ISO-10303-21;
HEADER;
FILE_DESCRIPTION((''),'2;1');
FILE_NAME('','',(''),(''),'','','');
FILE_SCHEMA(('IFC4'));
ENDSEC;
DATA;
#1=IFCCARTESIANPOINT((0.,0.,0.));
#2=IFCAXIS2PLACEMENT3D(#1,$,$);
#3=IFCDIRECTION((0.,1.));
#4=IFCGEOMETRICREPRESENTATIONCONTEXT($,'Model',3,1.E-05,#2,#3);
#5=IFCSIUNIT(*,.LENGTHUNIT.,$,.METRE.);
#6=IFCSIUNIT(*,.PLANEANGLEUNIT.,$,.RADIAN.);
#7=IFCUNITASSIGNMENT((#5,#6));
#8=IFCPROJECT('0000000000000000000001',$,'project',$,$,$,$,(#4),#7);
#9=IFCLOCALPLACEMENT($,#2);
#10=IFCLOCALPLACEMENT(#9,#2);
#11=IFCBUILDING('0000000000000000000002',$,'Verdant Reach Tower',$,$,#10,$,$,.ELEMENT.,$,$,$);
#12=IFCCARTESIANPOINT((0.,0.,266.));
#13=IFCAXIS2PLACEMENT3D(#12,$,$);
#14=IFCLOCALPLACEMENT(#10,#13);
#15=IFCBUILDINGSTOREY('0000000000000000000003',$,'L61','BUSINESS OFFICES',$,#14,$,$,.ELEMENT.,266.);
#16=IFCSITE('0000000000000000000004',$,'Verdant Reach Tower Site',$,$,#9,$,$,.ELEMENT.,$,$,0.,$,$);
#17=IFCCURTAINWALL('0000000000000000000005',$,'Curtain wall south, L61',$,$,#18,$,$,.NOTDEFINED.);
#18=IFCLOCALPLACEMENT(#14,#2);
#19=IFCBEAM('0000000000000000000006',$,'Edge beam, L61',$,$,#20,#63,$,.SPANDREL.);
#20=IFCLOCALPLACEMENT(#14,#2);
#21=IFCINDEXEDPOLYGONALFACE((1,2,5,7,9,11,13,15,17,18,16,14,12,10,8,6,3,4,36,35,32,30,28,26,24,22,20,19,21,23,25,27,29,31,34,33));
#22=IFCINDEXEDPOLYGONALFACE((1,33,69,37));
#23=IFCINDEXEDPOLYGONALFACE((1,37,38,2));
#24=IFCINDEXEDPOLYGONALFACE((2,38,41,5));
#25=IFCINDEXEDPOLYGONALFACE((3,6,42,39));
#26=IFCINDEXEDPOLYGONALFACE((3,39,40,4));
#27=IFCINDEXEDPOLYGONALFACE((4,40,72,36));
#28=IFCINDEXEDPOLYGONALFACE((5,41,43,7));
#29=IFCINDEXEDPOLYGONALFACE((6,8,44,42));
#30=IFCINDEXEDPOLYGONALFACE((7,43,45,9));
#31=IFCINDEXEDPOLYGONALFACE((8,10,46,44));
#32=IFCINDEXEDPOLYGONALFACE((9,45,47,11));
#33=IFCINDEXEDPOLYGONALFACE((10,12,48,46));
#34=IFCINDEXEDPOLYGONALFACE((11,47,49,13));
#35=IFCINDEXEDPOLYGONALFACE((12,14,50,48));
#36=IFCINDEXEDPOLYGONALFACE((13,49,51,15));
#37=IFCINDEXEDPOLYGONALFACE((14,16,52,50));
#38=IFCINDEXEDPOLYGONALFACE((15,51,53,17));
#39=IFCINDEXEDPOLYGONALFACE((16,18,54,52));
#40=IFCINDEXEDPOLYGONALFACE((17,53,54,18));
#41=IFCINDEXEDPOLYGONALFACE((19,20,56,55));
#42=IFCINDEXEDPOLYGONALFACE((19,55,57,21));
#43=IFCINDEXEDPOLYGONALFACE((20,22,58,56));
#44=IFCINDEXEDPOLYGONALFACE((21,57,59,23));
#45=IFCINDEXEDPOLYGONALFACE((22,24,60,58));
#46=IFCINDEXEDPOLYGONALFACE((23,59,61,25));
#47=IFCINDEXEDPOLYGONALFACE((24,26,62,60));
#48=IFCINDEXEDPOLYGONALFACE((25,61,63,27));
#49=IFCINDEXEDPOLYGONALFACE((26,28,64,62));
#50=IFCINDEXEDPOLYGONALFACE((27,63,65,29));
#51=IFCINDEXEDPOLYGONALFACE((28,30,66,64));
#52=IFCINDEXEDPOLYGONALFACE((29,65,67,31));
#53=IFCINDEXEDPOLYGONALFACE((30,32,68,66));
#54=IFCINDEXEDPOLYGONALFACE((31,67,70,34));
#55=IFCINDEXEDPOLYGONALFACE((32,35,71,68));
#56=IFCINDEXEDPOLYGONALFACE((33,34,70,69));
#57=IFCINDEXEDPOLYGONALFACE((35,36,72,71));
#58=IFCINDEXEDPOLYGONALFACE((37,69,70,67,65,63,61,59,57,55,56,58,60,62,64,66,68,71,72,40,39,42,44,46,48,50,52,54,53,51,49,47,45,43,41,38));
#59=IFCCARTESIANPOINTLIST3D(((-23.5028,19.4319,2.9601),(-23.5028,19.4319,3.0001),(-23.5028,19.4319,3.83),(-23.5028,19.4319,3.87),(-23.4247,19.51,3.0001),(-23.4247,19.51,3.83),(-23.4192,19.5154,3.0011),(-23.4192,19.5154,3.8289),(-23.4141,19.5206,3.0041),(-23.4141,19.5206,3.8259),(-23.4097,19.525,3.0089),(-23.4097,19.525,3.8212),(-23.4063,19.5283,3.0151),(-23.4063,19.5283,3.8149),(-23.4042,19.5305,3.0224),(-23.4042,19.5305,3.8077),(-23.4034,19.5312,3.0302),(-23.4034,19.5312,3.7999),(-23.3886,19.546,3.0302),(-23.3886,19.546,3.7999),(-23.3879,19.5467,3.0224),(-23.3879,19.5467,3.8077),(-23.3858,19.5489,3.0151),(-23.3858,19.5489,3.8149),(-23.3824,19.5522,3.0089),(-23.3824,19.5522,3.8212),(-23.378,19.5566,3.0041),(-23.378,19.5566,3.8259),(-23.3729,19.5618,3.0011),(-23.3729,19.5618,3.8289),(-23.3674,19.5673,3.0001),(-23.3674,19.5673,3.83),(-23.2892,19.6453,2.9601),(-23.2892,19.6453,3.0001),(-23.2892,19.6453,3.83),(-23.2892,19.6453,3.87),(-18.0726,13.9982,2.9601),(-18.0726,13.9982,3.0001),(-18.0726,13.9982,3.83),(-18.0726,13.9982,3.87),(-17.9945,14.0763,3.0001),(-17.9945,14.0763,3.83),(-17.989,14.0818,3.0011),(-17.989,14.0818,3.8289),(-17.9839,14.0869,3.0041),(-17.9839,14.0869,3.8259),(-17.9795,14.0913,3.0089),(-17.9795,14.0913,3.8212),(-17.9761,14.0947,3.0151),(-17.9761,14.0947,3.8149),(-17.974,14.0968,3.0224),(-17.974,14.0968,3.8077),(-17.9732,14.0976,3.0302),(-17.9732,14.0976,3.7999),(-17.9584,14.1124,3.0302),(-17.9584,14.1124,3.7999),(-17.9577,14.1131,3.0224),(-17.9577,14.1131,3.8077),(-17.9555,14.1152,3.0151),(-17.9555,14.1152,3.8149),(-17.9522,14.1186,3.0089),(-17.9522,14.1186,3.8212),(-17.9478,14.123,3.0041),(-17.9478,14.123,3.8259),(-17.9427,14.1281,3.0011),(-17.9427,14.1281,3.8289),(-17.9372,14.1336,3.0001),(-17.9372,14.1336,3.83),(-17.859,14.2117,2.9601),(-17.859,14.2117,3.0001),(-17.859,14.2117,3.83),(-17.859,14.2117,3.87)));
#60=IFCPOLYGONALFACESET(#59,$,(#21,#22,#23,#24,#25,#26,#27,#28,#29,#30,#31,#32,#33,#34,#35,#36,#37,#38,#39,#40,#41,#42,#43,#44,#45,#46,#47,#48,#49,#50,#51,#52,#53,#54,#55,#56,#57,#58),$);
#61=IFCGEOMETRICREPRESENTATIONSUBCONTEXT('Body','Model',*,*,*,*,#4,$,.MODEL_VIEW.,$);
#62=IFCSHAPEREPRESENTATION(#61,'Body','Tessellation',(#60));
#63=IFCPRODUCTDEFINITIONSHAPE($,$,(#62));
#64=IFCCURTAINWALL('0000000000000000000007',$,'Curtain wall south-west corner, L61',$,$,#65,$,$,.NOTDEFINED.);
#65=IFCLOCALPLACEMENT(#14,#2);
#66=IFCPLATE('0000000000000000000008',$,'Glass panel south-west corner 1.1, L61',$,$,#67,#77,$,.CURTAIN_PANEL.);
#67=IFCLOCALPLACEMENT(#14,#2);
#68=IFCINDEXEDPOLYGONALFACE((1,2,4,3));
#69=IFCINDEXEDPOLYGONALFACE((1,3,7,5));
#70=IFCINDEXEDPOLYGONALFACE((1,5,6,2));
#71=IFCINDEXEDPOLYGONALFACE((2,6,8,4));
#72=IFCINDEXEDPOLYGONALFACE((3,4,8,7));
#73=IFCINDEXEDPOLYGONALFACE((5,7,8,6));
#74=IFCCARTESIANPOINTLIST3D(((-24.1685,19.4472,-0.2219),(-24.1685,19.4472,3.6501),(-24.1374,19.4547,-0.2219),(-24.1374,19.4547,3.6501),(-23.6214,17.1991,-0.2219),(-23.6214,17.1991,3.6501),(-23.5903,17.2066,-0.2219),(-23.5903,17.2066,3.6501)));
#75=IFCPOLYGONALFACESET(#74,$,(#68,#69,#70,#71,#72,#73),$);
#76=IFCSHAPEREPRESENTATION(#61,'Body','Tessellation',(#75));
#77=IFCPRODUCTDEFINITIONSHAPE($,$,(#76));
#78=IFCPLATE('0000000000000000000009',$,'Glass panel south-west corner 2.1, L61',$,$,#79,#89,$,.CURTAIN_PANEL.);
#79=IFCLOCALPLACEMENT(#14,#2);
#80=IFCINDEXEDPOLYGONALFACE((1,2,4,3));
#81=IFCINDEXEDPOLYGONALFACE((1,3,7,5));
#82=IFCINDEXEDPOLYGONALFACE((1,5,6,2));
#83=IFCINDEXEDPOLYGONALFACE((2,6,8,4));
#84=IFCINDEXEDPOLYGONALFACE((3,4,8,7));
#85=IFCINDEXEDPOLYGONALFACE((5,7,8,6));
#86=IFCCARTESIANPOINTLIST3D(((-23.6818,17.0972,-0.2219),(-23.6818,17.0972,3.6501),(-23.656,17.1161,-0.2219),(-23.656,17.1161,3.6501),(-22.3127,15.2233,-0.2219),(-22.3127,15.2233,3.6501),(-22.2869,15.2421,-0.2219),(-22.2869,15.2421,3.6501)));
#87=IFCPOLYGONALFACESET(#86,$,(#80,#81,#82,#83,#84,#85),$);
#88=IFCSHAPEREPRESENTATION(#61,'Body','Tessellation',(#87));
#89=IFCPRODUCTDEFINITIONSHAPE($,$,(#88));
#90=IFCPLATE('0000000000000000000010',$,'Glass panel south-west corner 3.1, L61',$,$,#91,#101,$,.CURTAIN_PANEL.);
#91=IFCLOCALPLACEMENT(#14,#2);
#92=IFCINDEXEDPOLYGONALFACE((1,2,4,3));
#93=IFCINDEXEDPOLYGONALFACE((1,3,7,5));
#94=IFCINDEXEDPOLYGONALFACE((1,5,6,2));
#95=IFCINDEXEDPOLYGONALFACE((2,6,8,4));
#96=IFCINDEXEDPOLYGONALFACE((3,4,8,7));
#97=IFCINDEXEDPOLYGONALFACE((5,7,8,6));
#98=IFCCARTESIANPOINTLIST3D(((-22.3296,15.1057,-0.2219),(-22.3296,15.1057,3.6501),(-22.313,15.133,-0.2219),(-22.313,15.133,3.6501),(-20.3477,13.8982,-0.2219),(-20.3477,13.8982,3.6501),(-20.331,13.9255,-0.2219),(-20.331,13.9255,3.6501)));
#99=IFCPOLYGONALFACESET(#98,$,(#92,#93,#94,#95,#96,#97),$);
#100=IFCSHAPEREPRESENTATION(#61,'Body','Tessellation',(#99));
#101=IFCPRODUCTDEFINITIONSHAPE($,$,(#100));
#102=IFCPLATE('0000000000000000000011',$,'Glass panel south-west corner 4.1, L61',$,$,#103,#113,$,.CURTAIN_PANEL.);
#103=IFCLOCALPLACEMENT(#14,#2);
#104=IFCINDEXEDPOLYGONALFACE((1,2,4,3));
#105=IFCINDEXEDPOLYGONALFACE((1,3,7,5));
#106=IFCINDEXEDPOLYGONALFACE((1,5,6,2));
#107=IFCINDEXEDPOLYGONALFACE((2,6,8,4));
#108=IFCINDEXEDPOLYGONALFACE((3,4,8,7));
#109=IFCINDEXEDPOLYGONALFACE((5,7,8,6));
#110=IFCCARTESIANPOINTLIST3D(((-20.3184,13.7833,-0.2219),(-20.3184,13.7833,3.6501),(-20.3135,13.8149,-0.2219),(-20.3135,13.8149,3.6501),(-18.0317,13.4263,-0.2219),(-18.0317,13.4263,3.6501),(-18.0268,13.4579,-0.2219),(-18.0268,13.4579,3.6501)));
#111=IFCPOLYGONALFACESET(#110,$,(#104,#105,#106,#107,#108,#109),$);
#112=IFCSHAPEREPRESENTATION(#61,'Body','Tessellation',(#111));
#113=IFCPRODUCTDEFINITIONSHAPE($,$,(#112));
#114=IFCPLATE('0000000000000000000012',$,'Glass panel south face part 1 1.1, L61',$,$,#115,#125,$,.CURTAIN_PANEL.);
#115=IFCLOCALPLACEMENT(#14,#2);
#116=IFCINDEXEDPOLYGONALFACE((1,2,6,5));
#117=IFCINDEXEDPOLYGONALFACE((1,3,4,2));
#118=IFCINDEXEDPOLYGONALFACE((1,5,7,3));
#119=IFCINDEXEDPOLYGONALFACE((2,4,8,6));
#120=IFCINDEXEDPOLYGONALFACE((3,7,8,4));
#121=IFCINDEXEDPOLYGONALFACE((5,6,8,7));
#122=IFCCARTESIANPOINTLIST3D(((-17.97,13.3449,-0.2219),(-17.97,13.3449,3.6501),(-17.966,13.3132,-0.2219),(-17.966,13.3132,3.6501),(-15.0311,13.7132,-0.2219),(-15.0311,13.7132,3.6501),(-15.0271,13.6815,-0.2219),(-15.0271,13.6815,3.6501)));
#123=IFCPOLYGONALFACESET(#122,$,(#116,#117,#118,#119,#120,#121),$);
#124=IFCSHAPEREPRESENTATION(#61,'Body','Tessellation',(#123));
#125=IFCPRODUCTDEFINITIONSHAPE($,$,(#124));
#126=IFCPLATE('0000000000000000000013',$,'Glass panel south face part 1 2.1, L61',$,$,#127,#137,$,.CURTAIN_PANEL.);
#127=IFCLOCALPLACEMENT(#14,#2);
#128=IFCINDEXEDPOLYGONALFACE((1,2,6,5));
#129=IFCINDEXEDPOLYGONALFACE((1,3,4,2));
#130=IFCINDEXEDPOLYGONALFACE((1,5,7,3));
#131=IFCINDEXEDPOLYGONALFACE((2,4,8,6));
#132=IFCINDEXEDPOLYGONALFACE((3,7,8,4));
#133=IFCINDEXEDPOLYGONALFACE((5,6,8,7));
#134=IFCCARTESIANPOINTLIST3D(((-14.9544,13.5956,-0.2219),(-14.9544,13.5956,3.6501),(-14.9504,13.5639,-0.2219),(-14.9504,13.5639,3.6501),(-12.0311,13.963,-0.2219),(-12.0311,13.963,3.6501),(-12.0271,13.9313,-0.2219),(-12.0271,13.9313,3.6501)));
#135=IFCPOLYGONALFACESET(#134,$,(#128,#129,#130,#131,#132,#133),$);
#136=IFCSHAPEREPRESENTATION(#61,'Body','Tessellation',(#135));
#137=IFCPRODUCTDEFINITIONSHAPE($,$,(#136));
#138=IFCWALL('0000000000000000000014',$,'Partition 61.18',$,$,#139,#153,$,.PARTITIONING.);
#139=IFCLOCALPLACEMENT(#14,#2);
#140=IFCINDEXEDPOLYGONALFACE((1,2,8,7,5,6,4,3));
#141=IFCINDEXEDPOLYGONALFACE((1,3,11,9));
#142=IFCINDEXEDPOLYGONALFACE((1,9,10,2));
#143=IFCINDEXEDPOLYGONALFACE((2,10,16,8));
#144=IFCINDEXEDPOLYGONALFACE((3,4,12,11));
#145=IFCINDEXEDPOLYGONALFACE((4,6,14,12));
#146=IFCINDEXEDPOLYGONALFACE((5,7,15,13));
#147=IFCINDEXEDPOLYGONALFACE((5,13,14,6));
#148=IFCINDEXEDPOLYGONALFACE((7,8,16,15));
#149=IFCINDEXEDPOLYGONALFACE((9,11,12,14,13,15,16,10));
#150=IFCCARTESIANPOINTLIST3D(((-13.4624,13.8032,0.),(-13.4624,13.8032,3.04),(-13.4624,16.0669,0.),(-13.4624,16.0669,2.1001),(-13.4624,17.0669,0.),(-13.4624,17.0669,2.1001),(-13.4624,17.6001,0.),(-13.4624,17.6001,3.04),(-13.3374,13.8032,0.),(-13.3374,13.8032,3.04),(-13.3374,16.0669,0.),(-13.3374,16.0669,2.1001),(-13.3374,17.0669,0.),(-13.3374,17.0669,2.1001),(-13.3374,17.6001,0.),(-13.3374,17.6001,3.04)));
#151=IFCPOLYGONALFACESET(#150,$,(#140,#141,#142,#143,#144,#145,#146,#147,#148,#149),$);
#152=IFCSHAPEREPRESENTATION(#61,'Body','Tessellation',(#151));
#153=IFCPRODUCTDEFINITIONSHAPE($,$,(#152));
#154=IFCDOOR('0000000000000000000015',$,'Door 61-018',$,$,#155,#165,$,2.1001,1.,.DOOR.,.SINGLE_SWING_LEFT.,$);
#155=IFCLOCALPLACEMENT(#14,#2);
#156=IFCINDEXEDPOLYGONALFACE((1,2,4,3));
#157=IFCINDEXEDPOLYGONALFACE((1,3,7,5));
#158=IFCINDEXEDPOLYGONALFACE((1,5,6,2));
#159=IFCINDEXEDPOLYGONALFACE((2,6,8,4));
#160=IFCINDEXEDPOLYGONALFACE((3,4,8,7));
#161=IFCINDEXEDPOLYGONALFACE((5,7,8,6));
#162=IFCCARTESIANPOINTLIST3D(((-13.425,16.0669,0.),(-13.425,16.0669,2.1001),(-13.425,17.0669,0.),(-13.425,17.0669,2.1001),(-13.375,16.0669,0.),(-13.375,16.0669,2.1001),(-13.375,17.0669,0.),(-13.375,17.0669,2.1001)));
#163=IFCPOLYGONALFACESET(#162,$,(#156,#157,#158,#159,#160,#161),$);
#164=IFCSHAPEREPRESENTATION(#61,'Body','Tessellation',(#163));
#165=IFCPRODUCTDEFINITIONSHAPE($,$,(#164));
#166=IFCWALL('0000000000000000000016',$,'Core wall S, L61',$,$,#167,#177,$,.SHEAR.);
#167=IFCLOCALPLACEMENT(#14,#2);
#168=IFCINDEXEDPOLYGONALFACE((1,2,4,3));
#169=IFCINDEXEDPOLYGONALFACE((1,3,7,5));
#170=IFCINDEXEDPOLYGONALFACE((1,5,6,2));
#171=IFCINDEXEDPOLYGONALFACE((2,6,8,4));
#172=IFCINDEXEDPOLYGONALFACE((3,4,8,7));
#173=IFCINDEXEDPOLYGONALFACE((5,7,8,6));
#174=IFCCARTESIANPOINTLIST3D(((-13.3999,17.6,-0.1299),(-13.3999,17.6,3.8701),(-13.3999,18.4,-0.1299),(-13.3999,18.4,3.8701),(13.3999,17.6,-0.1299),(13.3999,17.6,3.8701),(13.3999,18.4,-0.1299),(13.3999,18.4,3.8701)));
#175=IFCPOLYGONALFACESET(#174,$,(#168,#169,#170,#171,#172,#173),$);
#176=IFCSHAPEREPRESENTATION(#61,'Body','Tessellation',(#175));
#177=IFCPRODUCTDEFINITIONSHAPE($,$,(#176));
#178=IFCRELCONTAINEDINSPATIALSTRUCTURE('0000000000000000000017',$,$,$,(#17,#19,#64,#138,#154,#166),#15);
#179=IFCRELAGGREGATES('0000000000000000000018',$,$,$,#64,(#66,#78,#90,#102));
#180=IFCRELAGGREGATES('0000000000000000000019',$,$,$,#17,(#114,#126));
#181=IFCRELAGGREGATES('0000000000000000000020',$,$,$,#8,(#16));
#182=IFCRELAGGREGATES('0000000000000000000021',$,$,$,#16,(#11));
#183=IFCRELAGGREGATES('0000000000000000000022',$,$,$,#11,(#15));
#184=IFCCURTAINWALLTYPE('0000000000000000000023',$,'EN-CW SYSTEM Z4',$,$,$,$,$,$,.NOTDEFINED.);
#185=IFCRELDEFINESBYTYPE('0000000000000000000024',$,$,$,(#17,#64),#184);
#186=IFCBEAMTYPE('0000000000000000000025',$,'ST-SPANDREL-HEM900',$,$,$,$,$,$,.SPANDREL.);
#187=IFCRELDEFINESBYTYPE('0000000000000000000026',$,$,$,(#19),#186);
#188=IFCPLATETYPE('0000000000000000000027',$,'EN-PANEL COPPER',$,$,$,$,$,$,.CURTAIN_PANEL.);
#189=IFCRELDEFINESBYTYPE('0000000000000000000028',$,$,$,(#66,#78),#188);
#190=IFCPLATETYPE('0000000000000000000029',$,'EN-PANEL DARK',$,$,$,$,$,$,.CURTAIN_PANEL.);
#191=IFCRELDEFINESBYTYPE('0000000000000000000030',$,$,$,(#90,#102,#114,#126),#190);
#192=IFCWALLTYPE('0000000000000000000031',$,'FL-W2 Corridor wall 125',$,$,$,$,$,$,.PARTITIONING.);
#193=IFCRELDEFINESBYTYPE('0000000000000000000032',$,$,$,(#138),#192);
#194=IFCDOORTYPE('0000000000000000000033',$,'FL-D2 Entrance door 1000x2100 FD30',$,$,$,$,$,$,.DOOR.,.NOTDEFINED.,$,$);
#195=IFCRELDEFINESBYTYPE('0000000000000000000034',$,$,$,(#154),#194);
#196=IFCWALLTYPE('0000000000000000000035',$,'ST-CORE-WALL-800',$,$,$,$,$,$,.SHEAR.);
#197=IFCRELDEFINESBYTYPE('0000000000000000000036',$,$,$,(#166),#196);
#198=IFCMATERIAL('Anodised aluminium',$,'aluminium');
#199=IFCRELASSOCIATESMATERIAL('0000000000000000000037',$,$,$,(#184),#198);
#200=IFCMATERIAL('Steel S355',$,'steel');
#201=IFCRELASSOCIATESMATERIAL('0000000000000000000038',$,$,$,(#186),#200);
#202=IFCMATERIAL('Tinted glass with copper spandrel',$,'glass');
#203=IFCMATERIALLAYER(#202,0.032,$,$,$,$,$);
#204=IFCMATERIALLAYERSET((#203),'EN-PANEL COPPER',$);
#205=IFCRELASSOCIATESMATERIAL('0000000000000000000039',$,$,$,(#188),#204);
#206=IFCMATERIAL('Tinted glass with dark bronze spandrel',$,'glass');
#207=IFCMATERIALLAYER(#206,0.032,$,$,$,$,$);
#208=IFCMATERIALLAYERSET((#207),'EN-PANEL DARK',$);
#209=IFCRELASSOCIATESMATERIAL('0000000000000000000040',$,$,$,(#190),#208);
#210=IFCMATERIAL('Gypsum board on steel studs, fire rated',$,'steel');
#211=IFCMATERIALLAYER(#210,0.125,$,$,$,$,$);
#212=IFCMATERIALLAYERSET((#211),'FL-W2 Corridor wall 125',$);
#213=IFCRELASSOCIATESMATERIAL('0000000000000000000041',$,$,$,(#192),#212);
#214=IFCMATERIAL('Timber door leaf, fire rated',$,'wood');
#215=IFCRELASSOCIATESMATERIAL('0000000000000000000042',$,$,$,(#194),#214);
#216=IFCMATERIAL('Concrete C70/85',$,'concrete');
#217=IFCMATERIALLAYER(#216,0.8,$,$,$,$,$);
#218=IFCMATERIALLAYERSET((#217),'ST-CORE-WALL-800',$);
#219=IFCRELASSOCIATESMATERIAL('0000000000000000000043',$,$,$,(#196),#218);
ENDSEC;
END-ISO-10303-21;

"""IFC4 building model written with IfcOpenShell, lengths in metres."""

from ifc_helpers import new_model, si_unit, direction, frame, frame_2d, origin, origin_2d, place, context, subcontext, project, spatial, rectangle, i_section, extrude, material, layer, layer_set, material_profile, profile_set, type_object, element, fill, aggregate, save


model = new_model("IFC4")

# Units and contexts
model_context = context("Model", 3, precision=1e-05, world=origin(), true_north=direction((0.0, 1.0)))
body_context = subcontext(model_context, "Body", "Model", "MODEL_VIEW")
ifc_project = project(units=[si_unit("LENGTHUNIT", "METRE"), si_unit("PLANEANGLEUNIT", "RADIAN")], contexts=[model_context])

# Site, building, storey
site_placement = place(None, origin())
site = spatial("IfcSite", under=ifc_project, at=site_placement, Name="Verdant Reach Tower Site", CompositionType="ELEMENT", RefElevation=0.0)
building_placement = place(site_placement, origin())
building = spatial("IfcBuilding", under=site, at=building_placement, Name="Verdant Reach Tower", CompositionType="ELEMENT")
storey_placement = place(building_placement, frame((0.0, 0.0, 266.0)))
storey = spatial("IfcBuildingStorey", under=building, at=storey_placement, Name="L61", Description="BUSINESS OFFICES", CompositionType="ELEMENT", Elevation=266.0)

# Curtain wall
ifc_material_1 = material(Name="Anodised aluminium", Category="aluminium")
curtain_wall_type = type_object("IfcCurtainWallType", Name="EN-CW SYSTEM Z4", PredefinedType="NOTDEFINED", material=ifc_material_1)
curtain_wall_1_placement = place(storey_placement, origin())
curtain_wall_1 = element("IfcCurtainWall", 1, at=curtain_wall_1_placement, inside=storey, type_object=curtain_wall_type, Name="Curtain wall south, L61", PredefinedType="NOTDEFINED")

# Beam
ifc_material_2 = material(Name="Steel S355", Category="steel")
ifc_material_profile_1 = material_profile(ifc_material_2, i_section(OverallWidth=0.302, OverallDepth=0.9099, WebThickness=0.021, FlangeThickness=0.04, FilletRadius=0.03, at=origin_2d()), Name="HEM 900")
ifc_profile_set_1 = profile_set([ifc_material_profile_1], Name="Steel S355")
beam_type_1 = type_object("IfcBeamType", Name="ST-SPANDREL-HEM900", PredefinedType="SPANDREL", material=ifc_profile_set_1)
beam_1_placement = place(storey_placement, frame((-17.9658, 14.105, 3.415), z_axis=(-0.706884, 0.707329, 0.0), x_axis=(-0.707329, -0.706884, 0.0)))
element("IfcBeam", 2, at=beam_1_placement, inside=storey, type_object=beam_type_1, Name="Edge beam, L61", PredefinedType="SPANDREL", context=body_context, shape_type="SweptSolid", body=[
    extrude(i_section(OverallWidth=0.302, OverallDepth=0.9099, WebThickness=0.021, FlangeThickness=0.04, FilletRadius=0.03, at=origin_2d()), origin(), (0.0, 0.0, 1.0), 7.6819),
])

# Curtain wall, plates
curtain_wall_2_placement = place(storey_placement, origin())
curtain_wall_2 = element("IfcCurtainWall", 3, at=curtain_wall_2_placement, inside=storey, type_object=curtain_wall_type, Name="Curtain wall south-west corner, L61", PredefinedType="NOTDEFINED")
ifc_material_3 = material(Name="Tinted glass with copper spandrel", Category="glass")
ifc_layer_1 = layer(ifc_material_3, 0.032)
ifc_layer_set_1 = layer_set([ifc_layer_1], Name="EN-PANEL COPPER")
plate_type_1 = type_object("IfcPlateType", Name="EN-PANEL COPPER", PredefinedType="CURTAIN_PANEL", material=ifc_layer_set_1)
plate_1_placement = place(storey_placement, frame((-23.8794, 18.3269, -0.2219), z_axis=(0.0, 0.0, 1.0), x_axis=(0.236459, -0.971642, 0.0)))
plate_1 = element("IfcPlate", 4, at=plate_1_placement, type_object=plate_type_1, Name="Glass panel south-west corner 1.1, L61", PredefinedType="CURTAIN_PANEL", context=body_context, shape_type="SweptSolid", body=[
    extrude(rectangle(XDim=2.3137, YDim=0.032, at=origin_2d()), origin(), (0.0, 0.0, 1.0), 3.8721),
])
plate_2_placement = place(storey_placement, frame((-22.9844, 16.1697, -0.2219), z_axis=(0.0, 0.0, 1.0), x_axis=(0.589927, -0.807457, 0.0)))
plate_2 = element("IfcPlate", 5, at=plate_2_placement, type_object=plate_type_1, Name="Glass panel south-west corner 2.1, L61", PredefinedType="CURTAIN_PANEL", context=body_context, shape_type="SweptSolid", body=[
    extrude(rectangle(XDim=2.3208, YDim=0.032, at=origin_2d()), origin(), (0.0, 0.0, 1.0), 3.8721),
])
ifc_material_4 = material(Name="Tinted glass with dark bronze spandrel", Category="glass")
ifc_layer_2 = layer(ifc_material_4, 0.032)
ifc_layer_set_2 = layer_set([ifc_layer_2], Name="EN-PANEL DARK")
plate_type_2 = type_object("IfcPlateType", Name="EN-PANEL DARK", PredefinedType="CURTAIN_PANEL", material=ifc_layer_set_2)
plate_3_placement = place(storey_placement, frame((-21.3303, 14.5156, -0.2219), z_axis=(0.0, 0.0, 1.0), x_axis=(0.853989, -0.520292, 0.0)))
plate_3 = element("IfcPlate", 6, at=plate_3_placement, type_object=plate_type_2, Name="Glass panel south-west corner 3.1, L61", PredefinedType="CURTAIN_PANEL", context=body_context, shape_type="SweptSolid", body=[
    extrude(rectangle(XDim=2.3208, YDim=0.032, at=origin_2d()), origin(), (0.0, 0.0, 1.0), 3.8721),
])
plate_4_placement = place(storey_placement, frame((-19.1726, 13.6206, -0.2219), z_axis=(0.0, 0.0, 1.0), x_axis=(0.988027, -0.154279, 0.0)))
plate_4 = element("IfcPlate", 7, at=plate_4_placement, type_object=plate_type_2, Name="Glass panel south-west corner 4.1, L61", PredefinedType="CURTAIN_PANEL", context=body_context, shape_type="SweptSolid", body=[
    extrude(rectangle(XDim=2.3145, YDim=0.032, at=origin_2d()), origin(), (0.0, 0.0, 1.0), 3.8721),
])
aggregate(curtain_wall_2, [plate_1, plate_2, plate_3, plate_4])

# Plates
plate_5_placement = place(storey_placement, frame((-16.4985, 13.5132, -0.2219), z_axis=(0.0, 0.0, 1.0), x_axis=(0.992239, 0.124346, 0.0)))
plate_5 = element("IfcPlate", 8, at=plate_5_placement, type_object=plate_type_2, Name="Glass panel south face part 1 1.1, L61", PredefinedType="CURTAIN_PANEL", context=body_context, shape_type="SweptSolid", body=[
    extrude(rectangle(XDim=2.9619, YDim=0.032, at=origin_2d()), origin(), (0.0, 0.0, 1.0), 3.8721),
])
plate_6_placement = place(storey_placement, frame((-13.4907, 13.7634, -0.2219), z_axis=(0.0, 0.0, 1.0), x_axis=(0.992194, 0.124704, 0.0)))
plate_6 = element("IfcPlate", 9, at=plate_6_placement, type_object=plate_type_2, Name="Glass panel south face part 1 2.1, L61", PredefinedType="CURTAIN_PANEL", context=body_context, shape_type="SweptSolid", body=[
    extrude(rectangle(XDim=2.9463, YDim=0.032, at=origin_2d()), origin(), (0.0, 0.0, 1.0), 3.8721),
])
aggregate(curtain_wall_1, [plate_5, plate_6])

# Wall, opening, door
ifc_material_5 = material(Name="Gypsum board on steel studs, fire rated", Category="steel")
ifc_layer_3 = layer(ifc_material_5, 0.125)
ifc_layer_set_3 = layer_set([ifc_layer_3], Name="FL-W2 Corridor wall 125")
wall_type_1 = type_object("IfcWallType", Name="FL-W2 Corridor wall 125", PredefinedType="PARTITIONING", material=ifc_layer_set_3)
ifc_material_6 = material(Name="Timber door leaf, fire rated", Category="wood")
door_type = type_object("IfcDoorType", Name="FL-D2 Entrance door 1000x2100 FD30", OperationType="NOTDEFINED", PredefinedType="DOOR", material=ifc_material_6)
wall_1_placement = place(storey_placement, frame((-13.3999, 17.6001, 0.0), z_axis=(0.0, 0.0, 1.0), x_axis=(0.0, -1.0, 0.0)))
wall_1 = element("IfcWall", 10, at=wall_1_placement, inside=storey, type_object=wall_type_1, Name="Partition 61.18", PredefinedType="PARTITIONING", context=body_context, shape_type="SweptSolid", body=[
    extrude(rectangle(XDim=3.7969, YDim=0.125, at=frame_2d((1.8984, 0.0))), origin(), (0.0, 0.0, 1.0), 3.04),
])
opening_1_placement = place(wall_1_placement, frame((0.5332, 0.0, 0.0)))
opening_1 = element("IfcOpeningElement", 11, at=opening_1_placement, cuts=wall_1, PredefinedType="OPENING", context=body_context, shape_type="SweptSolid", body=[
    extrude(rectangle(XDim=1.0, YDim=2.1001, at=frame_2d((0.5, 1.05))), frame((0.0, 0.0725, 0.0), z_axis=(0.0, -1.0, 0.0), x_axis=(1.0, 0.0, 0.0)), (0.0, 0.0, 1.0), 0.145),
])
door_1_placement = place(opening_1_placement, origin())
door_1 = element("IfcDoor", 12, at=door_1_placement, inside=storey, type_object=door_type, Name="Door 61-018", OperationType="SINGLE_SWING_LEFT", OverallHeight=2.1001, OverallWidth=1.0, PredefinedType="DOOR", context=body_context, shape_type="SweptSolid", body=[
    extrude(rectangle(XDim=1.0, YDim=2.1001, at=frame_2d((0.5, 1.05))), frame((0.0, 0.0249, 0.0), z_axis=(0.0, -1.0, 0.0), x_axis=(1.0, 0.0, 0.0)), (0.0, 0.0, 1.0), 0.05),
])
fill(opening_1, door_1)

# Wall
ifc_material_7 = material(Name="Concrete C70/85", Category="concrete")
ifc_layer_4 = layer(ifc_material_7, 0.8)
ifc_layer_set_4 = layer_set([ifc_layer_4], Name="ST-CORE-WALL-800")
wall_type_2 = type_object("IfcWallType", Name="ST-CORE-WALL-800", PredefinedType="SHEAR", material=ifc_layer_set_4)
wall_2_placement = place(storey_placement, frame((-13.3999, 18.0, -0.1299), z_axis=(0.0, 0.0, 1.0), x_axis=(1.0, 0.0, 0.0)))
element("IfcWall", 13, at=wall_2_placement, inside=storey, type_object=wall_type_2, Name="Core wall S, L61", PredefinedType="SHEAR", context=body_context, shape_type="SweptSolid", body=[
    extrude(rectangle(XDim=26.7998, YDim=0.8, at=frame_2d((13.3999, 0.0))), origin(), (0.0, 0.0, 1.0), 4.0),
])

save(model, "model.ifc")
